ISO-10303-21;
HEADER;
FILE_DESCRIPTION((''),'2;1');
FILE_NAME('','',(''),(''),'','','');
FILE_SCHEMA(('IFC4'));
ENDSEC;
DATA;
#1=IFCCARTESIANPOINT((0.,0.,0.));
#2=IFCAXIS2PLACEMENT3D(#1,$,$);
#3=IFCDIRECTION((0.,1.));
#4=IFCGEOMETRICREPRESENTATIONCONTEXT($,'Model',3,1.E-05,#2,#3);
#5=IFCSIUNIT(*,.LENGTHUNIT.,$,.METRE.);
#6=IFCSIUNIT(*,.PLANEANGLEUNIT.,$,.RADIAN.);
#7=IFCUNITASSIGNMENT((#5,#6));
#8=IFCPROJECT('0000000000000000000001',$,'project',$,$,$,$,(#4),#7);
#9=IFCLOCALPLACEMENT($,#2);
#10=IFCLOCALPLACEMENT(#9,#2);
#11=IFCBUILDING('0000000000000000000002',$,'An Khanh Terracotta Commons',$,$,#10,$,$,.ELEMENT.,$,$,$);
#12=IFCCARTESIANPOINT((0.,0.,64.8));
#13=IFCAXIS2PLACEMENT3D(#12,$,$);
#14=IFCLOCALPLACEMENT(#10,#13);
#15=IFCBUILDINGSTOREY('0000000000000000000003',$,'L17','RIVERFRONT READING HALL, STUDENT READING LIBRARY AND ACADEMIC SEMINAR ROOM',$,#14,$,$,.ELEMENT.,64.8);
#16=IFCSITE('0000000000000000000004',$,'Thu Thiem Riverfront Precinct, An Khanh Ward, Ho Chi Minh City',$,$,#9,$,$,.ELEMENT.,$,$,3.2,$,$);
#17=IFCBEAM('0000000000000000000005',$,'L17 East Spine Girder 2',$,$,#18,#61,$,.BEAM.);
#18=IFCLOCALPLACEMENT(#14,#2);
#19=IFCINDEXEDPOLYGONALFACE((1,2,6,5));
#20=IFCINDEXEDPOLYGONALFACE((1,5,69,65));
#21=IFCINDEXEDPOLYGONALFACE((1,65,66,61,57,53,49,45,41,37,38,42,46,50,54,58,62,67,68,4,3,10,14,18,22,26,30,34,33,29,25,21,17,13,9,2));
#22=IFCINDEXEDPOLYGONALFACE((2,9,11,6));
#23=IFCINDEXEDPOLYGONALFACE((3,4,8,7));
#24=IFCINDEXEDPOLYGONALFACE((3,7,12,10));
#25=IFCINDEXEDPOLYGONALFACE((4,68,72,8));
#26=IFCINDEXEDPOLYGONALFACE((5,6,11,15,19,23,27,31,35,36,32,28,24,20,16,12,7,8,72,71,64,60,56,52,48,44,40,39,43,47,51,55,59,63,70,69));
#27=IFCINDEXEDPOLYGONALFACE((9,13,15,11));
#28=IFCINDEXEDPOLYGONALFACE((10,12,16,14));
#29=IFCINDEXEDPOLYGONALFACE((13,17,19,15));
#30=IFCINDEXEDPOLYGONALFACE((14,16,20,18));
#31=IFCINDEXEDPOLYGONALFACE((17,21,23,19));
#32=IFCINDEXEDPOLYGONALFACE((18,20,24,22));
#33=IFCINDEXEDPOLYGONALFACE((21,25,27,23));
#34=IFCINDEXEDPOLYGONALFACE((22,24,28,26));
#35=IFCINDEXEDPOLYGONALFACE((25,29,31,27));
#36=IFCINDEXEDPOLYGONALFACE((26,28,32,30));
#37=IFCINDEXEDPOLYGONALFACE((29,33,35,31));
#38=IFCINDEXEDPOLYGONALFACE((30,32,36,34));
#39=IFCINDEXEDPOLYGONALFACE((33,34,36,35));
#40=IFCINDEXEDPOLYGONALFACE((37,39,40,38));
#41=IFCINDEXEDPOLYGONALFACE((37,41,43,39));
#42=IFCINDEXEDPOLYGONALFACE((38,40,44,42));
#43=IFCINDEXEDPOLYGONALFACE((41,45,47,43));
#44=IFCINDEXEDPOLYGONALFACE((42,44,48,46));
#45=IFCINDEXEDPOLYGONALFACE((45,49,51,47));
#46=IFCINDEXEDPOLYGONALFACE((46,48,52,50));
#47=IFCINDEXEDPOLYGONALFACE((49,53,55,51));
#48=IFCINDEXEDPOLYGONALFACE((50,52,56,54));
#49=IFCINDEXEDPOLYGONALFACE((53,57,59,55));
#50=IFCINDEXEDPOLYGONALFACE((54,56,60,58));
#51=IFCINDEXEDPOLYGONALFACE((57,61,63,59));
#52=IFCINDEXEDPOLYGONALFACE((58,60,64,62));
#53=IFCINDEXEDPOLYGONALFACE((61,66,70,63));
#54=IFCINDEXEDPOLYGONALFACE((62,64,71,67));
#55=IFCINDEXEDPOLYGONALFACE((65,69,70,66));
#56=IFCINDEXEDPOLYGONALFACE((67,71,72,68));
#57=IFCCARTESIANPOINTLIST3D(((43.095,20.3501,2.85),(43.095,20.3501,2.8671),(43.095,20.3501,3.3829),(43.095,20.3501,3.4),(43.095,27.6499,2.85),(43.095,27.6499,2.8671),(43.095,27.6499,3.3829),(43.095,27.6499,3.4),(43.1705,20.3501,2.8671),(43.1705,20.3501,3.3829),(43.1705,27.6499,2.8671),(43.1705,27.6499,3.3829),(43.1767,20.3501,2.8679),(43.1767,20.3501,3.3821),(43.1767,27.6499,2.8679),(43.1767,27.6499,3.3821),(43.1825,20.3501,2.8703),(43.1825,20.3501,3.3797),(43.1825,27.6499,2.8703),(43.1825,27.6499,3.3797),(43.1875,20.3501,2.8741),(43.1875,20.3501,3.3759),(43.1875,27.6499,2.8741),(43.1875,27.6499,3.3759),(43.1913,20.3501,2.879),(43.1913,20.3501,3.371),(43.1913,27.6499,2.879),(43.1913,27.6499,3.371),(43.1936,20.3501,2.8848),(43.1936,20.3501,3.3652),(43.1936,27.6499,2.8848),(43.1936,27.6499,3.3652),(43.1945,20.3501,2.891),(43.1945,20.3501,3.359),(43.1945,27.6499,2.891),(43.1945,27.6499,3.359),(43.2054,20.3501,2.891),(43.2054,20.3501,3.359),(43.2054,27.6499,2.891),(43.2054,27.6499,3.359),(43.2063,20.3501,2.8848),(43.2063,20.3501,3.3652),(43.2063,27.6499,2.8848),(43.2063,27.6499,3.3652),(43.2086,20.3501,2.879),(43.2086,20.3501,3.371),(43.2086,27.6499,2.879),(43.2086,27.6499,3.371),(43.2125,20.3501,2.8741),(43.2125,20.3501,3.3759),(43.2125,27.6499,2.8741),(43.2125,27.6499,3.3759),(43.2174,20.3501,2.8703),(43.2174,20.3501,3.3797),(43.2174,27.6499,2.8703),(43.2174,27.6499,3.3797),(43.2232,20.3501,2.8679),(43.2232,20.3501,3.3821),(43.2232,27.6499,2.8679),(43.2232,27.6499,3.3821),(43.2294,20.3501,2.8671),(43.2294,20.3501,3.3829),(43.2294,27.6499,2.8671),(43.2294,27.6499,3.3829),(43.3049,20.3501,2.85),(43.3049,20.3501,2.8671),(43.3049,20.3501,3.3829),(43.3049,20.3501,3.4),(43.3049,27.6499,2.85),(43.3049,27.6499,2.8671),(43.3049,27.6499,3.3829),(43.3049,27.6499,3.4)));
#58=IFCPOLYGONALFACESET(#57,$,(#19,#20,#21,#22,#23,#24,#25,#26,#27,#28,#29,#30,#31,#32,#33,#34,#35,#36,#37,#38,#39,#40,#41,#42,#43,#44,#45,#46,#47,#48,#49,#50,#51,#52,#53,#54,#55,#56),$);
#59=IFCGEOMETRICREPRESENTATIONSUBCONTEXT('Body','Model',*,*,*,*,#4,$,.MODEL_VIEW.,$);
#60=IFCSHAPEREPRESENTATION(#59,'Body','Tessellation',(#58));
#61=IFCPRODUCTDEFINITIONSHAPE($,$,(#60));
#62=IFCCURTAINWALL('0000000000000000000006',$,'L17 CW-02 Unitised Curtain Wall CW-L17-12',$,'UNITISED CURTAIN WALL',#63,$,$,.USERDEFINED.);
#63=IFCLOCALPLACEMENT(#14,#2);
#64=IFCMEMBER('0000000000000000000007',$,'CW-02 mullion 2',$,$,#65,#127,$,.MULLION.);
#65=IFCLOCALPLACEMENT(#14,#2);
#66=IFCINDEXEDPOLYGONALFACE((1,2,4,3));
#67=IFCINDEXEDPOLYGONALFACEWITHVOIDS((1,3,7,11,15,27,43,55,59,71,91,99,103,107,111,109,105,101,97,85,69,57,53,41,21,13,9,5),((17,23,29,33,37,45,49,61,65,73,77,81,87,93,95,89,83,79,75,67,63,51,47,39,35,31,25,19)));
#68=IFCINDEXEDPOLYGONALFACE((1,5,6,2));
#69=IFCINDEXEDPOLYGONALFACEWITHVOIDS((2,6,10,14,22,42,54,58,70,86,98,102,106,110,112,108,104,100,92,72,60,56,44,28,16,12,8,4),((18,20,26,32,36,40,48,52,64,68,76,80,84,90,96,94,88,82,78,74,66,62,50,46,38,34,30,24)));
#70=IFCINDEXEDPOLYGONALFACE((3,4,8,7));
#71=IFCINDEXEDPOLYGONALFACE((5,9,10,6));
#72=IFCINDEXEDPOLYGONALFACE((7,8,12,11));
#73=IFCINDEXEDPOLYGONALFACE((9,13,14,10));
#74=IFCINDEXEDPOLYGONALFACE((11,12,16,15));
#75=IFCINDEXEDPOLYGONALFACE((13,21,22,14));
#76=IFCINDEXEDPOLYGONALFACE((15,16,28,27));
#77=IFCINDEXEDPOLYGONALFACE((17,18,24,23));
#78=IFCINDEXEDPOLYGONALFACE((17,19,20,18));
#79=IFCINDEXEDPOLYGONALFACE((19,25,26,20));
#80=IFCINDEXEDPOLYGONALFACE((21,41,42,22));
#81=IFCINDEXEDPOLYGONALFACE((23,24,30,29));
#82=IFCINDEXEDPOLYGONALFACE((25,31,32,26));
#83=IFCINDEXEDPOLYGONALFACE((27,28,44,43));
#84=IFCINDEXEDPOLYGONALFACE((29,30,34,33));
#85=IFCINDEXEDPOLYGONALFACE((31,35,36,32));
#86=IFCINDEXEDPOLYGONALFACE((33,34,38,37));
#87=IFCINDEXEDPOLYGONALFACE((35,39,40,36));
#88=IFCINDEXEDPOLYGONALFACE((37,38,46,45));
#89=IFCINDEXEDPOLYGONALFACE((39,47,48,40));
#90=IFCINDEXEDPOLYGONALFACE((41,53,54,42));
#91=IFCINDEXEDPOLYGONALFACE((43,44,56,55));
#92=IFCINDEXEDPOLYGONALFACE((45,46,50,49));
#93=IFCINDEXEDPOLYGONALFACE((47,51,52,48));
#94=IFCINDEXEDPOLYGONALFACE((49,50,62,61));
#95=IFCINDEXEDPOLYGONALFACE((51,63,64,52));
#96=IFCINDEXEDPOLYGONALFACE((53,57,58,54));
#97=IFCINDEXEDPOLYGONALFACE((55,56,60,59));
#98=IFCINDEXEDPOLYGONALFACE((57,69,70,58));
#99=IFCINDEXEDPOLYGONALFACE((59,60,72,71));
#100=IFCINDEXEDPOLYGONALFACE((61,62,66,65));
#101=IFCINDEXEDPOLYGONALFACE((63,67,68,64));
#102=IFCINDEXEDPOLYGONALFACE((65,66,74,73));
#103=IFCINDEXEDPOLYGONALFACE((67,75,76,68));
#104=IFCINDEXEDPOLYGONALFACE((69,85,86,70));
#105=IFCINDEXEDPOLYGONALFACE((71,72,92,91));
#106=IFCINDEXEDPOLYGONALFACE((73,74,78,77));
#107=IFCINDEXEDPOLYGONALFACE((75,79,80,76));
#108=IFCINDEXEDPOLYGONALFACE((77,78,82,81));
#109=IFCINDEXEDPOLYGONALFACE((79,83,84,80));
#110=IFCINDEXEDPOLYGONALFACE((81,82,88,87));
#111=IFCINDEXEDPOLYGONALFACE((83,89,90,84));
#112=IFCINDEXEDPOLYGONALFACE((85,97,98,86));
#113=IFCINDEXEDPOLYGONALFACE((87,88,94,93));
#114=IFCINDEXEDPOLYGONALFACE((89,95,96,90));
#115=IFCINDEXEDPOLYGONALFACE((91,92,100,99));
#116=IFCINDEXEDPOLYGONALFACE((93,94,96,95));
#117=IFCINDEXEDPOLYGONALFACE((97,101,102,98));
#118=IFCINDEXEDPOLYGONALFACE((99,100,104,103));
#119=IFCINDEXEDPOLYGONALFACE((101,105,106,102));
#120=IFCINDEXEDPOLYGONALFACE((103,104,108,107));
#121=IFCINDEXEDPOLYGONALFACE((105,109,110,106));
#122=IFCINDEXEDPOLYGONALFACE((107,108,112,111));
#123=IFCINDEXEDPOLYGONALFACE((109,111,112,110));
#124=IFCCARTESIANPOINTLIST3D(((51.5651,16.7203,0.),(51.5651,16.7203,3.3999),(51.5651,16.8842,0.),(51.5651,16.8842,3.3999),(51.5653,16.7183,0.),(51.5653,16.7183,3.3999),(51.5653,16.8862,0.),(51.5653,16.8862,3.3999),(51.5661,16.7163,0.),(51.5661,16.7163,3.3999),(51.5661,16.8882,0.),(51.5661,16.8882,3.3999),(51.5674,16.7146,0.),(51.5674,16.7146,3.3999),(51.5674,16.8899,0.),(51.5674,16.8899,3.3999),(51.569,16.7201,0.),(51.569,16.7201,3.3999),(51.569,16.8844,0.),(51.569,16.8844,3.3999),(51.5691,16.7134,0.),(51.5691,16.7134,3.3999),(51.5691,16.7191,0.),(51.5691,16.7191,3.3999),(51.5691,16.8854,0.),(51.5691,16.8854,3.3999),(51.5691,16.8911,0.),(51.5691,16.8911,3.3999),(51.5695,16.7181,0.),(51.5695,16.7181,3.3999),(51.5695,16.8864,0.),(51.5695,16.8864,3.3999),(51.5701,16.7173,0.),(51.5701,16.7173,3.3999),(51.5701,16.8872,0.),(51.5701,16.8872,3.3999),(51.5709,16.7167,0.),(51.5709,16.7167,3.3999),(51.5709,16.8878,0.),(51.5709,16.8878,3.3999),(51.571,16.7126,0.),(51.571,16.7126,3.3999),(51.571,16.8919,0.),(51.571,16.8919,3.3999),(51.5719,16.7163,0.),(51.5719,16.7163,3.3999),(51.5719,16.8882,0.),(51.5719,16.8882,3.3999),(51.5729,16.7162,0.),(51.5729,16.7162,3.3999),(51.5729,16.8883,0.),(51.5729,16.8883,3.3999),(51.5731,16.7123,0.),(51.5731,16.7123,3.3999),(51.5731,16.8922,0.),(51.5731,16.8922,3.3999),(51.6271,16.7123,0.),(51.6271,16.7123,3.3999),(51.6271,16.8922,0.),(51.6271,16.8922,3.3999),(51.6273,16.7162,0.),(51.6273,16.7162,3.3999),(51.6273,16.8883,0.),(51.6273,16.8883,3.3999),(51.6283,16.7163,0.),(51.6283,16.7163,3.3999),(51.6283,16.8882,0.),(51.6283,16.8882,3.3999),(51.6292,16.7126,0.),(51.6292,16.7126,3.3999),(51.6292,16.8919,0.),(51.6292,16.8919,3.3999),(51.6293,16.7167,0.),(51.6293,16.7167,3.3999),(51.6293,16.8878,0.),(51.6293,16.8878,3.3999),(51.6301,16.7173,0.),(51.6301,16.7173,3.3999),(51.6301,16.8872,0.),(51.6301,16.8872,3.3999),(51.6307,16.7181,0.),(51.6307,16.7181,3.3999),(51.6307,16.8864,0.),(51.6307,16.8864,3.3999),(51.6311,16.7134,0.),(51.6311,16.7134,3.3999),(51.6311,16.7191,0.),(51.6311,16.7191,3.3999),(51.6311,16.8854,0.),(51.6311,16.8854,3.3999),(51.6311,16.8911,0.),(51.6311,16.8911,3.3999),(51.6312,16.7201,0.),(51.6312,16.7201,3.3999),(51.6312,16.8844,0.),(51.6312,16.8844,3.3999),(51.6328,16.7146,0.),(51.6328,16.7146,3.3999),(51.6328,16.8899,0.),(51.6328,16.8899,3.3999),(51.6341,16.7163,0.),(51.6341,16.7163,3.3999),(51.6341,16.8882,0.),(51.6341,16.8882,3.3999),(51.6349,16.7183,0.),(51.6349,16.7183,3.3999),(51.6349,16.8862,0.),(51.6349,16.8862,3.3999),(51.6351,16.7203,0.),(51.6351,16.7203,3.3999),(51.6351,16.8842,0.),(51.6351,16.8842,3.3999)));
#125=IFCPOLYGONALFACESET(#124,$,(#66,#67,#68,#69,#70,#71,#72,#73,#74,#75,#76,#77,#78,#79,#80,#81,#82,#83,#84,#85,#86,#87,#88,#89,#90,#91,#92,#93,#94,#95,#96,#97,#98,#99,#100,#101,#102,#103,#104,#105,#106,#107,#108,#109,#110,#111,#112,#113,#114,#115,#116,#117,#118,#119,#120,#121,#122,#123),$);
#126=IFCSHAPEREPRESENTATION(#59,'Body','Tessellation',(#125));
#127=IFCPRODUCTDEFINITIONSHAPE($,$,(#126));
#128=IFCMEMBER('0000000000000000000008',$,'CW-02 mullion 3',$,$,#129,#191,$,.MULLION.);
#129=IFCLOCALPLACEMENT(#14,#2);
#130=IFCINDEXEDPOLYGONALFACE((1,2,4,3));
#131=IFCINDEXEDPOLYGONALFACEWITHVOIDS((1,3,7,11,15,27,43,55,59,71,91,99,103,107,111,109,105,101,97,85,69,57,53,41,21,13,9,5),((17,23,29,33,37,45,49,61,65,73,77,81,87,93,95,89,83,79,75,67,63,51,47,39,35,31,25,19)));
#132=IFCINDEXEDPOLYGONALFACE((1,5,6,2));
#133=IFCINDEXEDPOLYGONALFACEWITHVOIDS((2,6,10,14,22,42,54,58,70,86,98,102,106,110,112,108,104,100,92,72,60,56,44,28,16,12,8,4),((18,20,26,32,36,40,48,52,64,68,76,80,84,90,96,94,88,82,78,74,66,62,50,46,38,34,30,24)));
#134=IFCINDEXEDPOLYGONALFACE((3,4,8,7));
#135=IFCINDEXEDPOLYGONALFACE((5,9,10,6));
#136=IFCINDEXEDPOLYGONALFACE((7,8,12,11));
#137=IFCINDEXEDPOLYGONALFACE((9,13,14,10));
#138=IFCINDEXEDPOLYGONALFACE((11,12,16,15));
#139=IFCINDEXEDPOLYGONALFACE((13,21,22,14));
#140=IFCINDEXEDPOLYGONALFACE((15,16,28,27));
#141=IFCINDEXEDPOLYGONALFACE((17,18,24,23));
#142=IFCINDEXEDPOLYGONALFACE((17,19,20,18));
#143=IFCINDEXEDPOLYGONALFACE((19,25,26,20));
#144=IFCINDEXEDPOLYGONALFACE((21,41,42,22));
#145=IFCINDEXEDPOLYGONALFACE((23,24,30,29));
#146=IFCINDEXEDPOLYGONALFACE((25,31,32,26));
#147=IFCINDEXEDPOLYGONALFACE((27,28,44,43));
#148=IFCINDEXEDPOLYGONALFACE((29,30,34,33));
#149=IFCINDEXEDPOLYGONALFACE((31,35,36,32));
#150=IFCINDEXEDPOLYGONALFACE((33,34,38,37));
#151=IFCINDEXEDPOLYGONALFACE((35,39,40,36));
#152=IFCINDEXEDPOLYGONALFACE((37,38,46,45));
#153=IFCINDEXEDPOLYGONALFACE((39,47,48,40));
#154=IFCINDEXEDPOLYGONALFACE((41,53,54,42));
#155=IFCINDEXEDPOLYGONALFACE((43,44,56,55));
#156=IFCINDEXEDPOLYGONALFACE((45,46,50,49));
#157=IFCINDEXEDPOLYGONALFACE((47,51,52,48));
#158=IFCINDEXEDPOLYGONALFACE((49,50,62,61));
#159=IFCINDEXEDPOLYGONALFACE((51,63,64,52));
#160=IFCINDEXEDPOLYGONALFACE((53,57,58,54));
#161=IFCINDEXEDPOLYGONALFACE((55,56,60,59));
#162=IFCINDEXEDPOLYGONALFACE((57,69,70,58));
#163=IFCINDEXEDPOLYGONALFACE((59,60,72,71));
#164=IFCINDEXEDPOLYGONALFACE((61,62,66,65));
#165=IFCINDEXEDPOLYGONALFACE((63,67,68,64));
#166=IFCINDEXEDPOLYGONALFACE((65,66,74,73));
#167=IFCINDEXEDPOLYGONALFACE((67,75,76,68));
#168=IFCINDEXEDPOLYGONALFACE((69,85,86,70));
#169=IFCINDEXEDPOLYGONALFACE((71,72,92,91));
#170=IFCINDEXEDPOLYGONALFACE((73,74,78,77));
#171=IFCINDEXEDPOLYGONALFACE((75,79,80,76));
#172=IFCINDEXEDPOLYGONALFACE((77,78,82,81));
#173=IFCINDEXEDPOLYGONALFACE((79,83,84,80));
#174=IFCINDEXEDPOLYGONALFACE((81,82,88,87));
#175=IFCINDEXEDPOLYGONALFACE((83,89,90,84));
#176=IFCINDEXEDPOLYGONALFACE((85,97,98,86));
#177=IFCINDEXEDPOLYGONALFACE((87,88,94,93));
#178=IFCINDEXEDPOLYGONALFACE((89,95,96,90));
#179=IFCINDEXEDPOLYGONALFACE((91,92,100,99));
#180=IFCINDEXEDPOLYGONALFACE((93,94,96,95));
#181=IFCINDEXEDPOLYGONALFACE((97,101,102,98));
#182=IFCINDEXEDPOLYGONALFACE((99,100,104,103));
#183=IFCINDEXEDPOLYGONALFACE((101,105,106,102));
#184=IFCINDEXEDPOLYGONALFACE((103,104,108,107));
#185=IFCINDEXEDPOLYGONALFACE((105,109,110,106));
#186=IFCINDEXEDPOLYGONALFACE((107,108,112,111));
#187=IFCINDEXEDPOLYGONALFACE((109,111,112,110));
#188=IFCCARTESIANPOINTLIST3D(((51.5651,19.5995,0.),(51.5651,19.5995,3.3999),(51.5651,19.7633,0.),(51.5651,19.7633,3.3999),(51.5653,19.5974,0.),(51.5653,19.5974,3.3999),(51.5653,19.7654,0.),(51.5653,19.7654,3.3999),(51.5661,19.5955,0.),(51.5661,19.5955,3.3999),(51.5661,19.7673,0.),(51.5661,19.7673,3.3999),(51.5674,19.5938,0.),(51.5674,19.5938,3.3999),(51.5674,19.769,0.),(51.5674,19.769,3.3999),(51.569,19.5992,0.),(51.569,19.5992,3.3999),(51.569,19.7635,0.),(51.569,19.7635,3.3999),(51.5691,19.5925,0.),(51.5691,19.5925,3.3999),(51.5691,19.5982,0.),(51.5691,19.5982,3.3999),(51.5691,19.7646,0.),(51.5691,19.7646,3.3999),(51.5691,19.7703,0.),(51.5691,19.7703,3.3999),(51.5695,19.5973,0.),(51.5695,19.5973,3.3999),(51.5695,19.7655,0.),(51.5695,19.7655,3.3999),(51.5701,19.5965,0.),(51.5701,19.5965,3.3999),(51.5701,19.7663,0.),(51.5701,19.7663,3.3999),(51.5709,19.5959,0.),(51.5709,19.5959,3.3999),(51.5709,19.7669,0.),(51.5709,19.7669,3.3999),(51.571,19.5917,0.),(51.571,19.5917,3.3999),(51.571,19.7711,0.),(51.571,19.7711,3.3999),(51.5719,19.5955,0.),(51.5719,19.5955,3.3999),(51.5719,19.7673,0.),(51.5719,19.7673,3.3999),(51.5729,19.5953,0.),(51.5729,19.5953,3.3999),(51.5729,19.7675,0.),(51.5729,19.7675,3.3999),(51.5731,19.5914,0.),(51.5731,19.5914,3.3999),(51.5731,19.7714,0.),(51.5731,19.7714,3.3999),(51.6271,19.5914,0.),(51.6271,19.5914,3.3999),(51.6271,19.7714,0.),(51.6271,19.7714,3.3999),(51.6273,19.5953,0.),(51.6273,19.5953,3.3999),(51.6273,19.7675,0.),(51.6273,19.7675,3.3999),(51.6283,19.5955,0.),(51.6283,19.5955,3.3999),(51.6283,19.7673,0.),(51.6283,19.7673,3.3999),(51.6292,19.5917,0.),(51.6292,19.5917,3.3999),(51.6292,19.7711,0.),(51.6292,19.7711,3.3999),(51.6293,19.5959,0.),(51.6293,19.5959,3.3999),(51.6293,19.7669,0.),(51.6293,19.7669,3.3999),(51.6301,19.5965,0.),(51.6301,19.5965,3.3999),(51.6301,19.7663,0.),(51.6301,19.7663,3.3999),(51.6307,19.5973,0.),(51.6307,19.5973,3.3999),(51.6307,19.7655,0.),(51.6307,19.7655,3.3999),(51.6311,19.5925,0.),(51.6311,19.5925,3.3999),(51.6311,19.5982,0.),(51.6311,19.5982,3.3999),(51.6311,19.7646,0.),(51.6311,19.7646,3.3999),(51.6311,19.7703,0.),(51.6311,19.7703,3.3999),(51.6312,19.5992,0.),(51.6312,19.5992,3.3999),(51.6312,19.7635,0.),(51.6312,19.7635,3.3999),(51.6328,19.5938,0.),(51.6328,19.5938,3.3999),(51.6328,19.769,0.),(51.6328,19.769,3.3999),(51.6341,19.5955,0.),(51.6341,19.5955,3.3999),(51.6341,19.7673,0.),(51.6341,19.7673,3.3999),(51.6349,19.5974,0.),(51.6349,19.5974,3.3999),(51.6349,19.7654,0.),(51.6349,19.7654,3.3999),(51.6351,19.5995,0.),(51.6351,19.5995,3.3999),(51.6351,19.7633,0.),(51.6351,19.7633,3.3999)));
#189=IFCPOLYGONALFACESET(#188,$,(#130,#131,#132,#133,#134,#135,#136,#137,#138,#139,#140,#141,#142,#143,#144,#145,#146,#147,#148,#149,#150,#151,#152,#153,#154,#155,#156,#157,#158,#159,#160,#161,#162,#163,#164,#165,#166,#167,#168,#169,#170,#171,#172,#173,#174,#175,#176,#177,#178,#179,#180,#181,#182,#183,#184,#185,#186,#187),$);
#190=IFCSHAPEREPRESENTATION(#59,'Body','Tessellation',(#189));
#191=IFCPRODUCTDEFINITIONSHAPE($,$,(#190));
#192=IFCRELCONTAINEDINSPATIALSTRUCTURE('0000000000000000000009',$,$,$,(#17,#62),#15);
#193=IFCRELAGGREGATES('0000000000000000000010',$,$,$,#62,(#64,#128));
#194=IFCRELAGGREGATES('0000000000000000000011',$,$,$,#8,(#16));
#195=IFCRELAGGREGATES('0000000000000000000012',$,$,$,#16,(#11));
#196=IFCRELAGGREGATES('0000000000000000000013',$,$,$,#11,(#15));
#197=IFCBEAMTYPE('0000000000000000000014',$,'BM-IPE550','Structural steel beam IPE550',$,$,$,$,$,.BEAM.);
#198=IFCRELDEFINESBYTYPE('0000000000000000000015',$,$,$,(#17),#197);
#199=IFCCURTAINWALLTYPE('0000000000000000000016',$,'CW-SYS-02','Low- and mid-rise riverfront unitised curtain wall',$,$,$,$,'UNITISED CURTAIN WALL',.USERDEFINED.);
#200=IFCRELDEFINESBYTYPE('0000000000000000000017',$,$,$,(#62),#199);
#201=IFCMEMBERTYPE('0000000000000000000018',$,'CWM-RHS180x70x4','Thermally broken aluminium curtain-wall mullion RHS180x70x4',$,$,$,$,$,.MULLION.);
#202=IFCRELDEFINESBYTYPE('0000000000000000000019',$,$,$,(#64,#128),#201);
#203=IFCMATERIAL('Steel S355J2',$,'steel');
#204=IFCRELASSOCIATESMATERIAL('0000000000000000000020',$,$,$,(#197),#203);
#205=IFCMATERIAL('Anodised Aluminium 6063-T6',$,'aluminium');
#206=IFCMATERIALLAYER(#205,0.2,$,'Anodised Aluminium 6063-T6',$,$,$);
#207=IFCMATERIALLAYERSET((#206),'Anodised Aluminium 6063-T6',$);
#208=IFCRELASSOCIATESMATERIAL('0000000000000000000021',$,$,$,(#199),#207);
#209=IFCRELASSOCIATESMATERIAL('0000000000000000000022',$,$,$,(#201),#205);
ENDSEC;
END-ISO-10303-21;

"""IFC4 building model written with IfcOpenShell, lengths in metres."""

from ifc_helpers import new_model, si_unit, direction, frame, origin, origin_2d, place, context, subcontext, project, spatial, hollow_rectangle, i_section, extrude, material, layer, layer_set, material_profile, profile_set, type_object, element, aggregate, save


model = new_model("IFC4")

# Units and contexts
model_context = context("Model", 3, precision=1e-05, world=origin(), true_north=direction((0.0, 1.0)))
body_context = subcontext(model_context, "Body", "Model", "MODEL_VIEW")
ifc_project = project(units=[si_unit("LENGTHUNIT", "METRE"), si_unit("PLANEANGLEUNIT", "RADIAN")], contexts=[model_context])

# Site, building, storey
site_placement = place(None, origin())
site = spatial("IfcSite", under=ifc_project, at=site_placement, Name="Thu Thiem Riverfront Precinct, An Khanh Ward, Ho Chi Minh City", CompositionType="ELEMENT", RefElevation=3.2)
building_placement = place(site_placement, origin())
building = spatial("IfcBuilding", under=site, at=building_placement, Name="An Khanh Terracotta Commons", CompositionType="ELEMENT")
storey_placement = place(building_placement, frame((0.0, 0.0, 64.8)))
storey = spatial("IfcBuildingStorey", under=building, at=storey_placement, Name="L17", Description="RIVERFRONT READING HALL, STUDENT READING LIBRARY AND ACADEMIC SEMINAR ROOM", CompositionType="ELEMENT", Elevation=64.8)

# Beam
ifc_material_1 = material(Name="Steel S355J2", Category="steel")
ifc_material_profile_1 = material_profile(ifc_material_1, i_section(OverallWidth=0.21, OverallDepth=0.55, WebThickness=0.011, FlangeThickness=0.0171, FilletRadius=0.0239, at=origin_2d()), Name="IPE550")
ifc_profile_set_1 = profile_set([ifc_material_profile_1], Name="Steel S355J2")
beam_type_1 = type_object("IfcBeamType", Name="BM-IPE550", Description="Structural steel beam IPE550", PredefinedType="BEAM", material=ifc_profile_set_1)
beam_1_placement = place(storey_placement, frame((43.2, 20.3501, 3.125), z_axis=(0.0, 1.0, 0.0), x_axis=(-1.0, 0.0, 0.0)))
element("IfcBeam", 1, at=beam_1_placement, inside=storey, type_object=beam_type_1, Name="L17 East Spine Girder 2", PredefinedType="BEAM", context=body_context, shape_type="SweptSolid", body=[
    extrude(i_section(OverallWidth=0.21, OverallDepth=0.55, WebThickness=0.011, FlangeThickness=0.0171, FilletRadius=0.0239, at=origin_2d()), origin(), (0.0, 0.0, 1.0), 7.2998),
])

# Curtain wall, members
ifc_material_2 = material(Name="Anodised Aluminium 6063-T6", Category="aluminium")
ifc_layer_1 = layer(ifc_material_2, 0.2, Name="Anodised Aluminium 6063-T6")
ifc_layer_set_1 = layer_set([ifc_layer_1], Name="Anodised Aluminium 6063-T6")
curtain_wall_type = type_object("IfcCurtainWallType", Name="CW-SYS-02", Description="Low- and mid-rise riverfront unitised curtain wall", ElementType="UNITISED CURTAIN WALL", PredefinedType="USERDEFINED", material=ifc_layer_set_1)
curtain_wall_placement = place(storey_placement, origin())
curtain_wall = element("IfcCurtainWall", 2, at=curtain_wall_placement, inside=storey, type_object=curtain_wall_type, Name="L17 CW-02 Unitised Curtain Wall CW-L17-12", ObjectType="UNITISED CURTAIN WALL", PredefinedType="USERDEFINED")
ifc_material_profile_2 = material_profile(ifc_material_2, hollow_rectangle(XDim=0.0701, YDim=0.1799, WallThickness=0.0039, InnerFilletRadius=0.0039, OuterFilletRadius=0.0081, at=origin_2d()), Name="RHS180x70x4")
ifc_profile_set_2 = profile_set([ifc_material_profile_2], Name="Anodised Aluminium 6063-T6")
member_type_1 = type_object("IfcMemberType", Name="CWM-RHS180x70x4", Description="Thermally broken aluminium curtain-wall mullion RHS180x70x4", PredefinedType="MULLION", material=ifc_profile_set_2)
member_1_placement = place(storey_placement, frame((51.6001, 16.8022, 0.0), z_axis=(0.0, 0.0, 1.0), x_axis=(-1.0, 0.0, 0.0)))
member_1 = element("IfcMember", 3, at=member_1_placement, type_object=member_type_1, Name="CW-02 mullion 2", PredefinedType="MULLION", context=body_context, shape_type="SweptSolid", body=[
    extrude(hollow_rectangle(XDim=0.0701, YDim=0.1799, WallThickness=0.0039, InnerFilletRadius=0.0039, OuterFilletRadius=0.0081, at=origin_2d()), origin(), (0.0, 0.0, 1.0), 3.3999),
])
member_2_placement = place(storey_placement, frame((51.6001, 19.6814, 0.0), z_axis=(0.0, 0.0, 1.0), x_axis=(-1.0, 0.0, 0.0)))
member_2 = element("IfcMember", 4, at=member_2_placement, type_object=member_type_1, Name="CW-02 mullion 3", PredefinedType="MULLION", context=body_context, shape_type="SweptSolid", body=[
    extrude(hollow_rectangle(XDim=0.0701, YDim=0.1799, WallThickness=0.0039, InnerFilletRadius=0.0039, OuterFilletRadius=0.0081, at=origin_2d()), origin(), (0.0, 0.0, 1.0), 3.3999),
])
aggregate(curtain_wall, [member_1, member_2])

save(model, "model.ifc")
